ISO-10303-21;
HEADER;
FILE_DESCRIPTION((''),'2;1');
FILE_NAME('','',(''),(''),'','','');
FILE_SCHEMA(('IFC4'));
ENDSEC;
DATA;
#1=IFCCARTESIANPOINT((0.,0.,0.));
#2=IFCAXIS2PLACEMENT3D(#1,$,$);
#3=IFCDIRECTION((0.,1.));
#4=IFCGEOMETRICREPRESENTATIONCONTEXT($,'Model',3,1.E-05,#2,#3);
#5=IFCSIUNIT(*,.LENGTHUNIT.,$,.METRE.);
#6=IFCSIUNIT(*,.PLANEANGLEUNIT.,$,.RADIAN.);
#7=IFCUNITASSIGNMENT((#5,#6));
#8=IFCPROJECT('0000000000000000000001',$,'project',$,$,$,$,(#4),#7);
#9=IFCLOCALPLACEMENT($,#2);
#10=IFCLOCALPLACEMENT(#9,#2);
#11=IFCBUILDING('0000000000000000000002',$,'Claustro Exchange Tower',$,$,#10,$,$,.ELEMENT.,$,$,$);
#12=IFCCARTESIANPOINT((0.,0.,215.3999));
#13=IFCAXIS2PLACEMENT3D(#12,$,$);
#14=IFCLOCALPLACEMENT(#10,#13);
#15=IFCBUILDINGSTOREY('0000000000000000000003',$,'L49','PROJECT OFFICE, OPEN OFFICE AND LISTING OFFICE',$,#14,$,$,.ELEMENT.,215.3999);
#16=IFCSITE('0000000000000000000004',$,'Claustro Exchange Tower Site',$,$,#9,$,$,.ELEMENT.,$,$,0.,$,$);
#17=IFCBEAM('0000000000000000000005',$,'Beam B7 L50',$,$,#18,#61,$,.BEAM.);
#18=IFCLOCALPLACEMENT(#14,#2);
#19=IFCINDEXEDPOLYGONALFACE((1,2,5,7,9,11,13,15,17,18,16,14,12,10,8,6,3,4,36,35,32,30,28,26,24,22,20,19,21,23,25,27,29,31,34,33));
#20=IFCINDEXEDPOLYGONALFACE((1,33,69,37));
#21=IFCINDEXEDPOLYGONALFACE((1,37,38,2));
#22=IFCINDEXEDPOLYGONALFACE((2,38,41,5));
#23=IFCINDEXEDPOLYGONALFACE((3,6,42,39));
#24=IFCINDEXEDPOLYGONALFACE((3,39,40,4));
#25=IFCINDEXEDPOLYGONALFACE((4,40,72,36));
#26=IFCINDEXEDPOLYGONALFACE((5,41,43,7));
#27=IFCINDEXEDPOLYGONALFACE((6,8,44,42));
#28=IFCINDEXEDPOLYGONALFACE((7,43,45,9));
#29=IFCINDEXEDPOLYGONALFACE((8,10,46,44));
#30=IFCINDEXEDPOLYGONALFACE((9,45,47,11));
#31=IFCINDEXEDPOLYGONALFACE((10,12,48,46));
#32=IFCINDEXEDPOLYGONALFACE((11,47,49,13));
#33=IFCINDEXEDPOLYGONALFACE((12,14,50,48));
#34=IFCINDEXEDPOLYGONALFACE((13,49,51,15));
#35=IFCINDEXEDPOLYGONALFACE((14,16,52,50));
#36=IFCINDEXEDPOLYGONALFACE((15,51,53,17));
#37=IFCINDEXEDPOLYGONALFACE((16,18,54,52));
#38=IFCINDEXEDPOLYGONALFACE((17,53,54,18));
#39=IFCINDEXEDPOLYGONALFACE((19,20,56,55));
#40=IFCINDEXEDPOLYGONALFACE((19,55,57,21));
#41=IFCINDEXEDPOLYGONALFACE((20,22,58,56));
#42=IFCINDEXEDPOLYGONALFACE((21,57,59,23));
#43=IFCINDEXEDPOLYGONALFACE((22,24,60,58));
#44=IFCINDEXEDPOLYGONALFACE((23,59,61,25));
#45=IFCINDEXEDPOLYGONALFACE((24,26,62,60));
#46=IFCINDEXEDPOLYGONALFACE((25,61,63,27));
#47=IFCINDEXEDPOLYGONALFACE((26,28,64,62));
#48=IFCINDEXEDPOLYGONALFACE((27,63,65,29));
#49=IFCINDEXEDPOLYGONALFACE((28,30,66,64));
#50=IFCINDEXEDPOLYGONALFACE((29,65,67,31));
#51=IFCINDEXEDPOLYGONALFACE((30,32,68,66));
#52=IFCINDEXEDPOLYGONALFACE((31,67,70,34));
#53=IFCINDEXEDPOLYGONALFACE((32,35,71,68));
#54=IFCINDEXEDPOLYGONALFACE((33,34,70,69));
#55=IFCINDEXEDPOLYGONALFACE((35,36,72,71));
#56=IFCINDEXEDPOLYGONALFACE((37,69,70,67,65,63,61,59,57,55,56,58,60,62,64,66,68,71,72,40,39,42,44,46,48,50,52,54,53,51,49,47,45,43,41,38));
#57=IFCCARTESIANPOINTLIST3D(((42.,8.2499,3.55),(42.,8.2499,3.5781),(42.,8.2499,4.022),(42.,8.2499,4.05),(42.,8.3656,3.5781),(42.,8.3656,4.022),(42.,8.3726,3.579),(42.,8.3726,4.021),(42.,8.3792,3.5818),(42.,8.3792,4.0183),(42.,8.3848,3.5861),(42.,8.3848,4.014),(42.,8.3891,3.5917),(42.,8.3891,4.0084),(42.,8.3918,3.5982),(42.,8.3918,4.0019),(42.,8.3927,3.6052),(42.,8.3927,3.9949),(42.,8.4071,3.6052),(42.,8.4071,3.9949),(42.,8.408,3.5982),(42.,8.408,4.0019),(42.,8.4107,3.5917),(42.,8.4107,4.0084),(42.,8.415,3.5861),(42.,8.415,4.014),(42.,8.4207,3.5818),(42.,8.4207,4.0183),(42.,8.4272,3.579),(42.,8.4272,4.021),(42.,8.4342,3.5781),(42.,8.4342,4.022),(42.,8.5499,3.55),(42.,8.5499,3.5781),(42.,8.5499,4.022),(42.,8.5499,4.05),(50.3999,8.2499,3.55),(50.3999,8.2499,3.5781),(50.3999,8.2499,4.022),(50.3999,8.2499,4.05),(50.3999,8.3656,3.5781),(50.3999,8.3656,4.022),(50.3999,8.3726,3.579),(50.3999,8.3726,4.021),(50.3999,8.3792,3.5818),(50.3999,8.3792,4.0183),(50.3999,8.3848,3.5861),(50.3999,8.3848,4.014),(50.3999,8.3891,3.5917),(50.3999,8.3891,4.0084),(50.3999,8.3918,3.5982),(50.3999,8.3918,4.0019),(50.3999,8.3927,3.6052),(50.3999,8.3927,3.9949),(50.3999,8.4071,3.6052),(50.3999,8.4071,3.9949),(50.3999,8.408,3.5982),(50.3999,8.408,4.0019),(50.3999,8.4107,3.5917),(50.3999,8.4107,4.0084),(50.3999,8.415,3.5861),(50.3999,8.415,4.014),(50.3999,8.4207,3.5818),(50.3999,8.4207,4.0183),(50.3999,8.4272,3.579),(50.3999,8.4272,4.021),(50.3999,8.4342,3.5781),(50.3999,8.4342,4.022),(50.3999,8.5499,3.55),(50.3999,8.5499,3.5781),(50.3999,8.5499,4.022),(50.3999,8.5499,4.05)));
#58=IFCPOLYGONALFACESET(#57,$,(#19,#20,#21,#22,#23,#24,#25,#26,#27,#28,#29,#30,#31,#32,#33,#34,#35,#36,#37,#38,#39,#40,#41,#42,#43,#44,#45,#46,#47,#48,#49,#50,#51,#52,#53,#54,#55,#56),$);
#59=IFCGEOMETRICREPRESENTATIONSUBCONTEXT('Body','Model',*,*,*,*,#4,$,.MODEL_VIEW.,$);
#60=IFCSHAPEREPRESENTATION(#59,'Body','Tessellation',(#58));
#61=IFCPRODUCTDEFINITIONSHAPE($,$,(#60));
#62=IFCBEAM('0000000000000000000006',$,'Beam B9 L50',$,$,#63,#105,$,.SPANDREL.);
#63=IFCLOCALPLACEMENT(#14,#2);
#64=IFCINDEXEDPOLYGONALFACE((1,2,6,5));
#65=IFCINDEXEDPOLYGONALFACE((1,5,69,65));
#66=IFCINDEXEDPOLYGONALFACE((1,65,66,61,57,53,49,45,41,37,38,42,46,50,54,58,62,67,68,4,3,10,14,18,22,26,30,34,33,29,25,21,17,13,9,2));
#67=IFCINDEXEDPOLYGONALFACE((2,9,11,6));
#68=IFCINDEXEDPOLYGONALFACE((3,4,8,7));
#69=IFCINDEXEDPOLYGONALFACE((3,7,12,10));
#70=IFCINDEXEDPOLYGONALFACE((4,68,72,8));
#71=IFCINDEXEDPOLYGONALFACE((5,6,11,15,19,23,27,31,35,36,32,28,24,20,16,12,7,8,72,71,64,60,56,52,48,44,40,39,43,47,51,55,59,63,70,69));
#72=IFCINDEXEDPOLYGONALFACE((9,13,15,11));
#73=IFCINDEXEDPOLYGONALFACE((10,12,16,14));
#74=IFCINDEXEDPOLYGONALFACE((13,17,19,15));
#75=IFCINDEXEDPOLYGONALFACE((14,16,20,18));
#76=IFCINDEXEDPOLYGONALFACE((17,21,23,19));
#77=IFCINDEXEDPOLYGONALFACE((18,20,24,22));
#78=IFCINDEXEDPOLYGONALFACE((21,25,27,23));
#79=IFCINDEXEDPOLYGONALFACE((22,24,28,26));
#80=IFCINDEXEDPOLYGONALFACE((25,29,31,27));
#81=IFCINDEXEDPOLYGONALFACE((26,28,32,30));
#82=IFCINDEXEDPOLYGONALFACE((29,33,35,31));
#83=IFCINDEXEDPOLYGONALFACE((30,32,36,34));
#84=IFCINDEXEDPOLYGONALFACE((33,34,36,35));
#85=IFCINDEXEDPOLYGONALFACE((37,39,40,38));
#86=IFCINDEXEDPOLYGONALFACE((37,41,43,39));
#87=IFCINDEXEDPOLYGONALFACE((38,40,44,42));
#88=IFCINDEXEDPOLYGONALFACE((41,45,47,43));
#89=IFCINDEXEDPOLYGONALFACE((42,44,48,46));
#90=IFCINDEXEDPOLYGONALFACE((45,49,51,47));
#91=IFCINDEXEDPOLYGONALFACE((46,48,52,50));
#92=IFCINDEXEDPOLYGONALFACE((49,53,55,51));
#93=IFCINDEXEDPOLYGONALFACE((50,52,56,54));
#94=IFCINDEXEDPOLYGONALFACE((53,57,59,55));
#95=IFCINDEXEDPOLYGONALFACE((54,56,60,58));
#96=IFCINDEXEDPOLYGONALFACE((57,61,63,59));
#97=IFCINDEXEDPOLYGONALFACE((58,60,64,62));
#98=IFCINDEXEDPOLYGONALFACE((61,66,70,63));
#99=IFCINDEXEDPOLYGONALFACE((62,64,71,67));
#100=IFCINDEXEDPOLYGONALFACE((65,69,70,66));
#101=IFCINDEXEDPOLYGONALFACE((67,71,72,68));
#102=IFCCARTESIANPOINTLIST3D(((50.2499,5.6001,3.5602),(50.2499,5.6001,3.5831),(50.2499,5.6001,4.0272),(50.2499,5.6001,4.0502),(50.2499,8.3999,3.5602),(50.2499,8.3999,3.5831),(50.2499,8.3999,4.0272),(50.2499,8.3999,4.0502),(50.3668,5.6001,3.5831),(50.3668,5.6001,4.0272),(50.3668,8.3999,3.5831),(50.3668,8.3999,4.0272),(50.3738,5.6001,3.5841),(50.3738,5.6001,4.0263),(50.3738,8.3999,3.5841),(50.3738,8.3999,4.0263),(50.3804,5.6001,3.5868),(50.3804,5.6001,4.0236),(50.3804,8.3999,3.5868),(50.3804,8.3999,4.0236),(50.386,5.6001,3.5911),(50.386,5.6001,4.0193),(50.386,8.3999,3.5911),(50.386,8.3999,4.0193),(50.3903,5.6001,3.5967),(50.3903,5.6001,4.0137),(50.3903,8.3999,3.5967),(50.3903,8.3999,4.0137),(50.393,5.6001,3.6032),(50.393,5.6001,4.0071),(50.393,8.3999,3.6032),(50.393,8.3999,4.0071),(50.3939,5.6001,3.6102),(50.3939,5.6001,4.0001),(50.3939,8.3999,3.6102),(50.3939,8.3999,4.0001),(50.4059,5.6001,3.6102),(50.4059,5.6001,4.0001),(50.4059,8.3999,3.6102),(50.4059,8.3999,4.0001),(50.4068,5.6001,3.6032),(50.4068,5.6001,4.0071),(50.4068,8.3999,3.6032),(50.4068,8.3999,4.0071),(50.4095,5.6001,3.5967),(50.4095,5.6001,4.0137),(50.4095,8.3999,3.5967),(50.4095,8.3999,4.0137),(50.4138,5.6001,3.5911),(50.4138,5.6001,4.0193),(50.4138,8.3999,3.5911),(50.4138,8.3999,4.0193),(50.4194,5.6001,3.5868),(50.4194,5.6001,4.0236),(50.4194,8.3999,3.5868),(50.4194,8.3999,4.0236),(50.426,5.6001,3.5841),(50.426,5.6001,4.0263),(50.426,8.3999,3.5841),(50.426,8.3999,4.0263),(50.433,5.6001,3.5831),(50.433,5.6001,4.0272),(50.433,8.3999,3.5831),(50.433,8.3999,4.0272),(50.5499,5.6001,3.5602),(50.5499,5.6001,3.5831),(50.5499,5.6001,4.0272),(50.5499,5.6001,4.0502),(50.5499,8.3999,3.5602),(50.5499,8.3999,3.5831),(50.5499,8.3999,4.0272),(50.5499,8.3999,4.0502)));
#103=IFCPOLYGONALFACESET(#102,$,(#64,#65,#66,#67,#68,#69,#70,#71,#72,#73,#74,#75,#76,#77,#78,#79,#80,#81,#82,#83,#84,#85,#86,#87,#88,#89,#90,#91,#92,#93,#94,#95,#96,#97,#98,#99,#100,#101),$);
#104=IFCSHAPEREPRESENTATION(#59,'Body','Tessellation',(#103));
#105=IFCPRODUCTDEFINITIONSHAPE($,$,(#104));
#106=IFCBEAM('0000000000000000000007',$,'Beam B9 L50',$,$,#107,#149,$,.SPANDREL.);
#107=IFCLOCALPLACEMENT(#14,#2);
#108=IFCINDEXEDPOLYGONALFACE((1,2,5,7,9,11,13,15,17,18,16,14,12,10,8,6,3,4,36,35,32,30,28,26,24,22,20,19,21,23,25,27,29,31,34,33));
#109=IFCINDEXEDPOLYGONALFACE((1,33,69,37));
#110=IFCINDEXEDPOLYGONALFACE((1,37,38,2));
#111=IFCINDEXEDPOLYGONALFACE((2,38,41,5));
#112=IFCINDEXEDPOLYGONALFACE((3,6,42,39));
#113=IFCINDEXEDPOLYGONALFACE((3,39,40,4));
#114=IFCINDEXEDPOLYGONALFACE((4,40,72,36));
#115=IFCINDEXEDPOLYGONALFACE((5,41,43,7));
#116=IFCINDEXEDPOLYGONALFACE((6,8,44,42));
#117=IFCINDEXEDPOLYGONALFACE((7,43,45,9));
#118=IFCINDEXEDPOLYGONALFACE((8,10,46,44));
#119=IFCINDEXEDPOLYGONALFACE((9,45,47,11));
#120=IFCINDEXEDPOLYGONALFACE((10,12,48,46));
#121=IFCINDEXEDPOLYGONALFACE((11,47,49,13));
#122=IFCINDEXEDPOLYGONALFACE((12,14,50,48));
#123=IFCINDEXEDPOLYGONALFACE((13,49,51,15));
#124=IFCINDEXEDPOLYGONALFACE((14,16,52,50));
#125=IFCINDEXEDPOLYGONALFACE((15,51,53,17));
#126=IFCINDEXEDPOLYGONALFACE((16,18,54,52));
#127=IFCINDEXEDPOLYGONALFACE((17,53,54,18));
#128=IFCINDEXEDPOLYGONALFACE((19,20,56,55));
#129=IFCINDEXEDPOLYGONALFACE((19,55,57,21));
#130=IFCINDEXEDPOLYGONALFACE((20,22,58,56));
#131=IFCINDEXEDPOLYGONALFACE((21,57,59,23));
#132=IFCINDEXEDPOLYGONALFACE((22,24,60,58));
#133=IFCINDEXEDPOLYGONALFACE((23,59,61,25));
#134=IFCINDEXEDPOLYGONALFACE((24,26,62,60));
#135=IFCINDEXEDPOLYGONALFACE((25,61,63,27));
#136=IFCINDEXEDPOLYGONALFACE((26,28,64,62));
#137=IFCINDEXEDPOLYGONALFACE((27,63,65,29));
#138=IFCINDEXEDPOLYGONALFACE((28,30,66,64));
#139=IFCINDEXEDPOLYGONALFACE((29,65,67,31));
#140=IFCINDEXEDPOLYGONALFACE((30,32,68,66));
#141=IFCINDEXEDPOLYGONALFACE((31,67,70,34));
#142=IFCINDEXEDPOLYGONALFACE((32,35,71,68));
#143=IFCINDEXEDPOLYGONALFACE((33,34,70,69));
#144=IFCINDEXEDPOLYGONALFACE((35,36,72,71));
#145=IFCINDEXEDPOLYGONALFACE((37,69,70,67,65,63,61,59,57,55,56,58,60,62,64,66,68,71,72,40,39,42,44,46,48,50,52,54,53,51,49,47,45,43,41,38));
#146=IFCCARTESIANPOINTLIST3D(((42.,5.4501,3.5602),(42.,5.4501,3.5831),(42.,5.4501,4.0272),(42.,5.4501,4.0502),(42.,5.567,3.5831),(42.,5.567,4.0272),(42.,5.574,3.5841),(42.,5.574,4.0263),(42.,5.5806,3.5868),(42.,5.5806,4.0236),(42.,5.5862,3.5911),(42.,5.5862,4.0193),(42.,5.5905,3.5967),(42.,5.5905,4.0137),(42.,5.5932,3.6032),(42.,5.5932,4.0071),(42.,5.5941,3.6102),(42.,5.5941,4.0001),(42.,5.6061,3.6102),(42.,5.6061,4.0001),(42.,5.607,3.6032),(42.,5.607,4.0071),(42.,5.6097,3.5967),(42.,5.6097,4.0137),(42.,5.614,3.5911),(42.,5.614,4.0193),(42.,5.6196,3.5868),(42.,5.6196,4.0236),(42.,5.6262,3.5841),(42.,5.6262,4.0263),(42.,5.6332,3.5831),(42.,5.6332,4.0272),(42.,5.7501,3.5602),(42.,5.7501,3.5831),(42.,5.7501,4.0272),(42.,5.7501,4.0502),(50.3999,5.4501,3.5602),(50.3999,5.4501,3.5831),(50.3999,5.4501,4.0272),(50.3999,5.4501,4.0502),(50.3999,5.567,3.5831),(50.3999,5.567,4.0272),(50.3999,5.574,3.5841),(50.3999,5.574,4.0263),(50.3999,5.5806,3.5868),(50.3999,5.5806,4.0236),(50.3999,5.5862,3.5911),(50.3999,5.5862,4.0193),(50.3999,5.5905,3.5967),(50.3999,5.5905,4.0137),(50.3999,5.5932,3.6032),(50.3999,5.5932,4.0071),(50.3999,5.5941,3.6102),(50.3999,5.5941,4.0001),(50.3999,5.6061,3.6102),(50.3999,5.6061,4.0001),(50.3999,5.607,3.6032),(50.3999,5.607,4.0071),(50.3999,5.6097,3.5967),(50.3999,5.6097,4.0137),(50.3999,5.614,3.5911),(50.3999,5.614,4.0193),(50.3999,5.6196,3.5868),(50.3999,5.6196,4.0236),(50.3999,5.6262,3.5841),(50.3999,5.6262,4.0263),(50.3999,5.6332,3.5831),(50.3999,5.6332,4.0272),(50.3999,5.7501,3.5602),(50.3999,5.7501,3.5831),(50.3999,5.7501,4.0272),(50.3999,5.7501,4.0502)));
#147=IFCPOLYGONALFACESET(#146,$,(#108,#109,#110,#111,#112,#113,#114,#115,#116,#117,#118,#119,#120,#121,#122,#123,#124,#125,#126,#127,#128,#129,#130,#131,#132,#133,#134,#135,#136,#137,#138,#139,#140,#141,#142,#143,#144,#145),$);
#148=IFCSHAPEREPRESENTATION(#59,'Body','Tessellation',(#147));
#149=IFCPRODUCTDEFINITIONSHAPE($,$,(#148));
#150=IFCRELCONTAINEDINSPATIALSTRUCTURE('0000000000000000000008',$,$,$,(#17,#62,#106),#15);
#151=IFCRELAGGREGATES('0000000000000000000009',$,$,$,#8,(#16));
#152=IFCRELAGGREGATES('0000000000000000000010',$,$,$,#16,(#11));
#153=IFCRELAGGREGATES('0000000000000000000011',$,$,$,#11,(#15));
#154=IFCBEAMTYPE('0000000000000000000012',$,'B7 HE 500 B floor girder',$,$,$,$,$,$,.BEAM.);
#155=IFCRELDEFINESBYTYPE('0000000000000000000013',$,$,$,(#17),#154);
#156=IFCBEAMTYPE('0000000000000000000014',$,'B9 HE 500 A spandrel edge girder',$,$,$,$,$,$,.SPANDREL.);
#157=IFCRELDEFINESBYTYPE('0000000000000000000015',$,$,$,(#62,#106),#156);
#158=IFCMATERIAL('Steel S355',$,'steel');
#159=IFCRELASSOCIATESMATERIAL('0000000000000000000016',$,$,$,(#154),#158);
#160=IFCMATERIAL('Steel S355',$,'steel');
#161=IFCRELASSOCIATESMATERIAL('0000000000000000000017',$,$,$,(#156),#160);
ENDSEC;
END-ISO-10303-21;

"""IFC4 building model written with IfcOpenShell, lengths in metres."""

from ifc_helpers import new_model, si_unit, direction, frame, origin, origin_2d, place, context, subcontext, project, spatial, i_section, extrude, material, material_profile, profile_set, type_object, element, save


model = new_model("IFC4")

# Units and contexts
model_context = context("Model", 3, precision=1e-05, world=origin(), true_north=direction((0.0, 1.0)))
body_context = subcontext(model_context, "Body", "Model", "MODEL_VIEW")
ifc_project = project(units=[si_unit("LENGTHUNIT", "METRE"), si_unit("PLANEANGLEUNIT", "RADIAN")], contexts=[model_context])

# Site, building, storey
site_placement = place(None, origin())
site = spatial("IfcSite", under=ifc_project, at=site_placement, Name="Claustro Exchange Tower Site", CompositionType="ELEMENT", RefElevation=0.0)
building_placement = place(site_placement, origin())
building = spatial("IfcBuilding", under=site, at=building_placement, Name="Claustro Exchange Tower", CompositionType="ELEMENT")
storey_placement = place(building_placement, frame((0.0, 0.0, 215.3999)))
storey = spatial("IfcBuildingStorey", under=building, at=storey_placement, Name="L49", Description="PROJECT OFFICE, OPEN OFFICE AND LISTING OFFICE", CompositionType="ELEMENT", Elevation=215.3999)

# Beams
ifc_material_1 = material(Name="Steel S355", Category="steel")
ifc_material_profile_1 = material_profile(ifc_material_1, i_section(OverallWidth=0.3, OverallDepth=0.5, WebThickness=0.0144, FlangeThickness=0.0281, FilletRadius=0.0271, at=origin_2d()), Name="HE 500 B")
ifc_profile_set_1 = profile_set([ifc_material_profile_1], Name="Steel S355")
beam_type_1 = type_object("IfcBeamType", Name="B7 HE 500 B floor girder", PredefinedType="BEAM", material=ifc_profile_set_1)
beam_1_placement = place(storey_placement, frame((42.0, 8.3999, 3.8), z_axis=(1.0, 0.0, 0.0), x_axis=(0.0, 1.0, 0.0)))
element("IfcBeam", 1, at=beam_1_placement, inside=storey, type_object=beam_type_1, Name="Beam B7 L50", PredefinedType="BEAM", context=body_context, shape_type="SweptSolid", body=[
    extrude(i_section(OverallWidth=0.3, OverallDepth=0.5, WebThickness=0.0144, FlangeThickness=0.0281, FilletRadius=0.0271, at=origin_2d()), origin(), (0.0, 0.0, 1.0), 8.3999),
])
ifc_material_2 = material(Name="Steel S355", Category="steel")
ifc_material_profile_2 = material_profile(ifc_material_2, i_section(OverallWidth=0.3, OverallDepth=0.49, WebThickness=0.012, FlangeThickness=0.0229, FilletRadius=0.0271, at=origin_2d()), Name="HE 500 A")
ifc_profile_set_2 = profile_set([ifc_material_profile_2], Name="Steel S355")
beam_type_2 = type_object("IfcBeamType", Name="B9 HE 500 A spandrel edge girder", PredefinedType="SPANDREL", material=ifc_profile_set_2)
beam_2_placement = place(storey_placement, frame((50.3999, 5.6001, 3.8052), z_axis=(0.0, 1.0, 0.0), x_axis=(-1.0, 0.0, 0.0)))
element("IfcBeam", 2, at=beam_2_placement, inside=storey, type_object=beam_type_2, Name="Beam B9 L50", PredefinedType="SPANDREL", context=body_context, shape_type="SweptSolid", body=[
    extrude(i_section(OverallWidth=0.3, OverallDepth=0.49, WebThickness=0.012, FlangeThickness=0.0229, FilletRadius=0.0271, at=origin_2d()), origin(), (0.0, 0.0, 1.0), 2.7998),
])
beam_3_placement = place(storey_placement, frame((42.0, 5.6001, 3.8052), z_axis=(1.0, 0.0, 0.0), x_axis=(0.0, 1.0, 0.0)))
element("IfcBeam", 3, at=beam_3_placement, inside=storey, type_object=beam_type_2, Name="Beam B9 L50", PredefinedType="SPANDREL", context=body_context, shape_type="SweptSolid", body=[
    extrude(i_section(OverallWidth=0.3, OverallDepth=0.49, WebThickness=0.012, FlangeThickness=0.0229, FilletRadius=0.0271, at=origin_2d()), origin(), (0.0, 0.0, 1.0), 8.3999),
])

save(model, "model.ifc")
